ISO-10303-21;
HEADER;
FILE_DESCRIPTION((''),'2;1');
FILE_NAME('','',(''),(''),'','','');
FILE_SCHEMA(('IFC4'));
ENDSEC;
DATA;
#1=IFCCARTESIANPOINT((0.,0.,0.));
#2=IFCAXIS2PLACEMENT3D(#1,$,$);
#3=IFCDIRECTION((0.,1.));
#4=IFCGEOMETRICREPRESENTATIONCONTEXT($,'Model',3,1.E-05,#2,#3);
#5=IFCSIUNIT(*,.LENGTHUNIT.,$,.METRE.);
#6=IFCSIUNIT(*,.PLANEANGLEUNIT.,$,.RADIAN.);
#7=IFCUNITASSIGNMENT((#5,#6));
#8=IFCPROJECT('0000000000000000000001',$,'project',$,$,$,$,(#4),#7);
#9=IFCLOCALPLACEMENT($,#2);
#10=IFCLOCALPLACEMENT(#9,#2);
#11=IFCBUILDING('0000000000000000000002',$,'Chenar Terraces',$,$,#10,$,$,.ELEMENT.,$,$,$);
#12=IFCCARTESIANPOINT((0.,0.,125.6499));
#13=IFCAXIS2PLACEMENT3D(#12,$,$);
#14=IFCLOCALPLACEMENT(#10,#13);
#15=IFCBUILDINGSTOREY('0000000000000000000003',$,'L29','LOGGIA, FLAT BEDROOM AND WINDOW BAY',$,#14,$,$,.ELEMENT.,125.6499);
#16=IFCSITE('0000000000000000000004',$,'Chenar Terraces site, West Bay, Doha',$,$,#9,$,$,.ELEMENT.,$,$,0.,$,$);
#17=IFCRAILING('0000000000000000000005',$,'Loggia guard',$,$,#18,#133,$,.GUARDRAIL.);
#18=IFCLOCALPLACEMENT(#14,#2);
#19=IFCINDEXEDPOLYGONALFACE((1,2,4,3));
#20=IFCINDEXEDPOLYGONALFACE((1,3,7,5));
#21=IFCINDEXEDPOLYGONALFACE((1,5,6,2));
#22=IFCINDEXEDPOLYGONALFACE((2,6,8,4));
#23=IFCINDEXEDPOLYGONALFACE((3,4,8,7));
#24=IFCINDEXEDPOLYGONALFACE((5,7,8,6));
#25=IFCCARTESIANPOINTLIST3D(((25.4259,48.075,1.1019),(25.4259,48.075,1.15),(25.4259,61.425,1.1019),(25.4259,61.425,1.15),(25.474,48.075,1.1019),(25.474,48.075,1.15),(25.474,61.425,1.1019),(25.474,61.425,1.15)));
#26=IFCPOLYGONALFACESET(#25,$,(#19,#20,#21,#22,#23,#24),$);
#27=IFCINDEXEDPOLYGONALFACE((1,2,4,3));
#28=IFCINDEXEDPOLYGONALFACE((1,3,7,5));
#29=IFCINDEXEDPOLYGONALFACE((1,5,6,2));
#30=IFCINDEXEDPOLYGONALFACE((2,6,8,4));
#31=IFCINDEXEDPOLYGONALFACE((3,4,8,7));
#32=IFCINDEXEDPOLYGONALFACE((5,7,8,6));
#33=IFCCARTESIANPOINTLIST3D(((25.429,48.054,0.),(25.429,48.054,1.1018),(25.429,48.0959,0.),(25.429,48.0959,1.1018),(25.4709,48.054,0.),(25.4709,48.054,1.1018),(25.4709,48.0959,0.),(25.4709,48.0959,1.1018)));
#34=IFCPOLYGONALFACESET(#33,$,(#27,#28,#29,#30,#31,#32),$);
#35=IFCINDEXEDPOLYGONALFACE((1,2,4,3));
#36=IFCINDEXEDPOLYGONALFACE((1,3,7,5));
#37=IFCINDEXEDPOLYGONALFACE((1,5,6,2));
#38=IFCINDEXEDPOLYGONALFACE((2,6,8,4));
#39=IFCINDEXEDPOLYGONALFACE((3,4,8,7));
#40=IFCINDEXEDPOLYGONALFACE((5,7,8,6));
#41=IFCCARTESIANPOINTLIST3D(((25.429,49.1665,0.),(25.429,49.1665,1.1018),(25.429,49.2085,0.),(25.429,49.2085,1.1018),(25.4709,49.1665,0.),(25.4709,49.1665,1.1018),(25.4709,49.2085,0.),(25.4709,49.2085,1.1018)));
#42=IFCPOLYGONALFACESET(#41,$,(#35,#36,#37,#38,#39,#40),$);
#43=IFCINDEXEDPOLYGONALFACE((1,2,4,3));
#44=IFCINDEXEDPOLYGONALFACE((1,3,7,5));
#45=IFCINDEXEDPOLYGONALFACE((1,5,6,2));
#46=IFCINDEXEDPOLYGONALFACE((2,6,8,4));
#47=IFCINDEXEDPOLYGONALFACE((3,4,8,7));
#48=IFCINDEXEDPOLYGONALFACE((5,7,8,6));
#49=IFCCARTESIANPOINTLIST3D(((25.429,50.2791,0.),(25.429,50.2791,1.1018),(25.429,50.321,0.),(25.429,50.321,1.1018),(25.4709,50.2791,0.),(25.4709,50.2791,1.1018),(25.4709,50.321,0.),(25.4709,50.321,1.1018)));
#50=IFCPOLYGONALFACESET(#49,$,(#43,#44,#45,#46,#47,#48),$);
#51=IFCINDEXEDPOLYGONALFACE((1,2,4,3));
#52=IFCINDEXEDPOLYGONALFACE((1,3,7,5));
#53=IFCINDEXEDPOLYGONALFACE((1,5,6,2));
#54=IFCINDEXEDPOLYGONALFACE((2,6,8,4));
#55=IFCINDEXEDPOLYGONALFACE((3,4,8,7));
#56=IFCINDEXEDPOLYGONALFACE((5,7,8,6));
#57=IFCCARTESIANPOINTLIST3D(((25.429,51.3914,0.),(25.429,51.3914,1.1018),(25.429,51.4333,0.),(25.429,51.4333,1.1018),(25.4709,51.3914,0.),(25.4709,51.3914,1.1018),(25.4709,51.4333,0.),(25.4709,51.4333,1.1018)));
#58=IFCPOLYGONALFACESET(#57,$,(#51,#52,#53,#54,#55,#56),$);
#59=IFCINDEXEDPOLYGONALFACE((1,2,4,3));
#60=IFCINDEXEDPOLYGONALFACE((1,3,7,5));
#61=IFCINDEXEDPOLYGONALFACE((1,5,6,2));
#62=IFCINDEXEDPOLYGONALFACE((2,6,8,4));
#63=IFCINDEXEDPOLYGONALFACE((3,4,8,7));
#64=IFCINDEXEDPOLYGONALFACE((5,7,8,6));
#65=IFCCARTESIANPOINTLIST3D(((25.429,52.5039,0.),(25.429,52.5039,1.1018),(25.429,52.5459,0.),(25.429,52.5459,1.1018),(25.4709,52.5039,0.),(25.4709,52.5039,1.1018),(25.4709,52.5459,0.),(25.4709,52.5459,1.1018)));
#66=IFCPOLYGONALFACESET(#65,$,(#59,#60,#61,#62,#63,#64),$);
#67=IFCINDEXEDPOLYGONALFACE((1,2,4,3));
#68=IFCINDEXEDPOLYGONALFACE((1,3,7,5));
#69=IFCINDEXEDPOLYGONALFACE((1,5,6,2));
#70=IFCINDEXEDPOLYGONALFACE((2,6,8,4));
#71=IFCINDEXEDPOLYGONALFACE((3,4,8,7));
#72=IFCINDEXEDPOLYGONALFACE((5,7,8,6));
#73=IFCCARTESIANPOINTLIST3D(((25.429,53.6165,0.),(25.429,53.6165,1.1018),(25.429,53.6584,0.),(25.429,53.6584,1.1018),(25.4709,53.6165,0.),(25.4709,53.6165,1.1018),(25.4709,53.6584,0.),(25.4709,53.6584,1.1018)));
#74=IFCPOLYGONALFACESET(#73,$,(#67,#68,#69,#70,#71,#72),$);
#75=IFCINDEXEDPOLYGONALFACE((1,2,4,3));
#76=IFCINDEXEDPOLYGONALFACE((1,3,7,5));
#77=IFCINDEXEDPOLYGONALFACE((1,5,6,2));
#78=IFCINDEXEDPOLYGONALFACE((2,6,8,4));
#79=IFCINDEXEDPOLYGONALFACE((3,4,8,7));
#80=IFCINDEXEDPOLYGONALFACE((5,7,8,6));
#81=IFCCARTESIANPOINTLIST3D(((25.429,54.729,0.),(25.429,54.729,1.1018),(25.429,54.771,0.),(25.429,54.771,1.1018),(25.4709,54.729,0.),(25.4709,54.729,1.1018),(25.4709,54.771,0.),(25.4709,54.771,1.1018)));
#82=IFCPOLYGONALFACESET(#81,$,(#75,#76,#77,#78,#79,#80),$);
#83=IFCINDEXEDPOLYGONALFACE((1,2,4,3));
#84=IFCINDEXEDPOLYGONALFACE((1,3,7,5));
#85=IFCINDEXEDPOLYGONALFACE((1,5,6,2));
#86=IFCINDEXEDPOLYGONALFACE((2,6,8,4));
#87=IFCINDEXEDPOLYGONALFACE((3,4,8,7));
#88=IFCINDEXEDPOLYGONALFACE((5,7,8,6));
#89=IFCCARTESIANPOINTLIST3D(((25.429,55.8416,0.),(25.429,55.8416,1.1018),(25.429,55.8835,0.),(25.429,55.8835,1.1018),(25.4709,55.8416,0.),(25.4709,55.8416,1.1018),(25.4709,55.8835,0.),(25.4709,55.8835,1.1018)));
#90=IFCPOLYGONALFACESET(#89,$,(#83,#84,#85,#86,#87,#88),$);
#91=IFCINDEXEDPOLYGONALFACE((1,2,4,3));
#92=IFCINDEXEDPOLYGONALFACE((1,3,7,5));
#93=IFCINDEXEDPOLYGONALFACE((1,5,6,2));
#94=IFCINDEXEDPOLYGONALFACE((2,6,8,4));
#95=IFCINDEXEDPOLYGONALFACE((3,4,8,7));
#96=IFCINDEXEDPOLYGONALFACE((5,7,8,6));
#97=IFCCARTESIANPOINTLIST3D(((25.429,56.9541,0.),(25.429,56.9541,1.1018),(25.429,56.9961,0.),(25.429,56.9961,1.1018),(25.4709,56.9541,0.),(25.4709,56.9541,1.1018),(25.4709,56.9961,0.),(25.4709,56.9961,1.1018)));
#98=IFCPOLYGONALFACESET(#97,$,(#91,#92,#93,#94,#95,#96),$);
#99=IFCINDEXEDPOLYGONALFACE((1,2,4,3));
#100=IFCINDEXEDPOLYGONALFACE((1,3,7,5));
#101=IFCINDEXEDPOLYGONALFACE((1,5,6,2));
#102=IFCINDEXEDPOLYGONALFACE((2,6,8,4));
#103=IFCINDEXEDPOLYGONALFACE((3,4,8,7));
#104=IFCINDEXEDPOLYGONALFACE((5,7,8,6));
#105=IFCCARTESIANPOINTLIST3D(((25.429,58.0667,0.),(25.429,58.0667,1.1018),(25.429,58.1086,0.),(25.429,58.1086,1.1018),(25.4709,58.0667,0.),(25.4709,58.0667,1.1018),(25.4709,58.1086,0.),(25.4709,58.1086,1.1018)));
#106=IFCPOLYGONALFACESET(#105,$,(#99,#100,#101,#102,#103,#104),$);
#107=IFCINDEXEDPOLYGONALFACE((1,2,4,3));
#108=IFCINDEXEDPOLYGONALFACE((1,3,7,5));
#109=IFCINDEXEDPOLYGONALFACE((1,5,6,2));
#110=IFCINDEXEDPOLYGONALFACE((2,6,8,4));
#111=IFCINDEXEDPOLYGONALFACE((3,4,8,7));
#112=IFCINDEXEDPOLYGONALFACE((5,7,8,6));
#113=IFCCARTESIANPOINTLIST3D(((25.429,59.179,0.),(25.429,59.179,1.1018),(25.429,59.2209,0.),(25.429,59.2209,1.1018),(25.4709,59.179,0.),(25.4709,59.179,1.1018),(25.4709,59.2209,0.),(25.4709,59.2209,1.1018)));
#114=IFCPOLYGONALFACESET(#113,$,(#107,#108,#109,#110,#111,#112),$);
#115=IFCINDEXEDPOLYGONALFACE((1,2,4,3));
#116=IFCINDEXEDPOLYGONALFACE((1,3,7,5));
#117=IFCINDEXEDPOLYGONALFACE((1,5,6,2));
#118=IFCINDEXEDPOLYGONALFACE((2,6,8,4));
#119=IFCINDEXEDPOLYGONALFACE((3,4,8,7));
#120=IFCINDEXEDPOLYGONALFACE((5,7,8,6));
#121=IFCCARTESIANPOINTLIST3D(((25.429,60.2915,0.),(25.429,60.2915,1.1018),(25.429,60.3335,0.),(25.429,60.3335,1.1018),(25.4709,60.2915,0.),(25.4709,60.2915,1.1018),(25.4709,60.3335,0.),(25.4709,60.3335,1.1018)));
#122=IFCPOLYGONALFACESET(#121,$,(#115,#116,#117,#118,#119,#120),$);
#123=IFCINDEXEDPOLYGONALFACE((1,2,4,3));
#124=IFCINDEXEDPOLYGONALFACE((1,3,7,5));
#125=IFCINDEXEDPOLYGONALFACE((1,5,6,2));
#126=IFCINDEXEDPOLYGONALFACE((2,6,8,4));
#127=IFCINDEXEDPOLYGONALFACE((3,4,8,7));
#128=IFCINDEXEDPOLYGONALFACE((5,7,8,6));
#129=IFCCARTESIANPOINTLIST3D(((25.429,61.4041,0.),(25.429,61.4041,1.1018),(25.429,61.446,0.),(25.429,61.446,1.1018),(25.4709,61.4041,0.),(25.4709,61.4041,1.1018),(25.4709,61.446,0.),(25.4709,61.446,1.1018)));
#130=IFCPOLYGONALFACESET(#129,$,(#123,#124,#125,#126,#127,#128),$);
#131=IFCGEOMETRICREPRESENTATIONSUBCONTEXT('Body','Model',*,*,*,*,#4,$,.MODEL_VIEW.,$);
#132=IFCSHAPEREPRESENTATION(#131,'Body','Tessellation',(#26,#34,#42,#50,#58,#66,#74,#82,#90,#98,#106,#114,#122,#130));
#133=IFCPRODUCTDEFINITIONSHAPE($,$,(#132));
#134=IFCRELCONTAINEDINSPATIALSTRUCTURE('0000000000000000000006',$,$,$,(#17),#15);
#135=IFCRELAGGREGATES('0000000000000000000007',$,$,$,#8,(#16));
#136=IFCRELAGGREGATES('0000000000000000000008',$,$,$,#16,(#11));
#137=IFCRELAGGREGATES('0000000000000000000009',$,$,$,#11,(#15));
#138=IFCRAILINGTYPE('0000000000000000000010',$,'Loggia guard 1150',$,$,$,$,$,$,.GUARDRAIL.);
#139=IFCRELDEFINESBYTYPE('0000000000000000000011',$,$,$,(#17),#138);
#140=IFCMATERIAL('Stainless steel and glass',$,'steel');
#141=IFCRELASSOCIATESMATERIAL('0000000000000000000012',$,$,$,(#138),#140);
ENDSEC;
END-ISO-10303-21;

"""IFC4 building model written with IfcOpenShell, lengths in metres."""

from ifc_helpers import new_model, si_unit, direction, frame, origin, origin_2d, place, context, subcontext, project, spatial, rectangle, extrude, material, type_object, element, save


model = new_model("IFC4")

# Units and contexts
model_context = context("Model", 3, precision=1e-05, world=origin(), true_north=direction((0.0, 1.0)))
body_context = subcontext(model_context, "Body", "Model", "MODEL_VIEW")
ifc_project = project(units=[si_unit("LENGTHUNIT", "METRE"), si_unit("PLANEANGLEUNIT", "RADIAN")], contexts=[model_context])

# Site, building, storey
site_placement = place(None, origin())
site = spatial("IfcSite", under=ifc_project, at=site_placement, Name="Chenar Terraces site, West Bay, Doha", CompositionType="ELEMENT", RefElevation=0.0)
building_placement = place(site_placement, origin())
building = spatial("IfcBuilding", under=site, at=building_placement, Name="Chenar Terraces", CompositionType="ELEMENT")
storey_placement = place(building_placement, frame((0.0, 0.0, 125.6499)))
storey = spatial("IfcBuildingStorey", under=building, at=storey_placement, Name="L29", Description="LOGGIA, FLAT BEDROOM AND WINDOW BAY", CompositionType="ELEMENT", Elevation=125.6499)

# Railing
ifc_material_1 = material(Name="Stainless steel and glass", Category="steel")
railing_type_1 = type_object("IfcRailingType", Name="Loggia guard 1150", PredefinedType="GUARDRAIL", material=ifc_material_1)
railing_1_placement = place(storey_placement, frame((25.45, 48.075, 0.0)))
element("IfcRailing", 1, at=railing_1_placement, inside=storey, type_object=railing_type_1, Name="Loggia guard", PredefinedType="GUARDRAIL", context=body_context, shape_type="SweptSolid", body=[
    extrude(rectangle(XDim=0.0481, YDim=0.0481, at=origin_2d()), frame((0.0, 0.0, 1.126), z_axis=(0.0, 1.0, 0.0), x_axis=(-1.0, 0.0, 0.0)), (0.0, 0.0, 1.0), 13.3501),
    extrude(rectangle(XDim=0.042, YDim=0.042, at=origin_2d()), origin(), (0.0, 0.0, 1.0), 1.1018),
    extrude(rectangle(XDim=0.042, YDim=0.042, at=origin_2d()), frame((0.0, 1.1125, 0.0)), (0.0, 0.0, 1.0), 1.1018),
    extrude(rectangle(XDim=0.042, YDim=0.042, at=origin_2d()), frame((0.0, 2.2251, 0.0)), (0.0, 0.0, 1.0), 1.1018),
    extrude(rectangle(XDim=0.042, YDim=0.042, at=origin_2d()), frame((0.0, 3.3374, 0.0)), (0.0, 0.0, 1.0), 1.1018),
    extrude(rectangle(XDim=0.042, YDim=0.042, at=origin_2d()), frame((0.0, 4.45, 0.0)), (0.0, 0.0, 1.0), 1.1018),
    extrude(rectangle(XDim=0.042, YDim=0.042, at=origin_2d()), frame((0.0, 5.5625, 0.0)), (0.0, 0.0, 1.0), 1.1018),
    extrude(rectangle(XDim=0.042, YDim=0.042, at=origin_2d()), frame((0.0, 6.675, 0.0)), (0.0, 0.0, 1.0), 1.1018),
    extrude(rectangle(XDim=0.042, YDim=0.042, at=origin_2d()), frame((0.0, 7.7876, 0.0)), (0.0, 0.0, 1.0), 1.1018),
    extrude(rectangle(XDim=0.042, YDim=0.042, at=origin_2d()), frame((0.0, 8.9001, 0.0)), (0.0, 0.0, 1.0), 1.1018),
    extrude(rectangle(XDim=0.042, YDim=0.042, at=origin_2d()), frame((0.0, 10.0127, 0.0)), (0.0, 0.0, 1.0), 1.1018),
    extrude(rectangle(XDim=0.042, YDim=0.042, at=origin_2d()), frame((0.0, 11.125, 0.0)), (0.0, 0.0, 1.0), 1.1018),
    extrude(rectangle(XDim=0.042, YDim=0.042, at=origin_2d()), frame((0.0, 12.2375, 0.0)), (0.0, 0.0, 1.0), 1.1018),
    extrude(rectangle(XDim=0.042, YDim=0.042, at=origin_2d()), frame((0.0, 13.3501, 0.0)), (0.0, 0.0, 1.0), 1.1018),
])

save(model, "model.ifc")
